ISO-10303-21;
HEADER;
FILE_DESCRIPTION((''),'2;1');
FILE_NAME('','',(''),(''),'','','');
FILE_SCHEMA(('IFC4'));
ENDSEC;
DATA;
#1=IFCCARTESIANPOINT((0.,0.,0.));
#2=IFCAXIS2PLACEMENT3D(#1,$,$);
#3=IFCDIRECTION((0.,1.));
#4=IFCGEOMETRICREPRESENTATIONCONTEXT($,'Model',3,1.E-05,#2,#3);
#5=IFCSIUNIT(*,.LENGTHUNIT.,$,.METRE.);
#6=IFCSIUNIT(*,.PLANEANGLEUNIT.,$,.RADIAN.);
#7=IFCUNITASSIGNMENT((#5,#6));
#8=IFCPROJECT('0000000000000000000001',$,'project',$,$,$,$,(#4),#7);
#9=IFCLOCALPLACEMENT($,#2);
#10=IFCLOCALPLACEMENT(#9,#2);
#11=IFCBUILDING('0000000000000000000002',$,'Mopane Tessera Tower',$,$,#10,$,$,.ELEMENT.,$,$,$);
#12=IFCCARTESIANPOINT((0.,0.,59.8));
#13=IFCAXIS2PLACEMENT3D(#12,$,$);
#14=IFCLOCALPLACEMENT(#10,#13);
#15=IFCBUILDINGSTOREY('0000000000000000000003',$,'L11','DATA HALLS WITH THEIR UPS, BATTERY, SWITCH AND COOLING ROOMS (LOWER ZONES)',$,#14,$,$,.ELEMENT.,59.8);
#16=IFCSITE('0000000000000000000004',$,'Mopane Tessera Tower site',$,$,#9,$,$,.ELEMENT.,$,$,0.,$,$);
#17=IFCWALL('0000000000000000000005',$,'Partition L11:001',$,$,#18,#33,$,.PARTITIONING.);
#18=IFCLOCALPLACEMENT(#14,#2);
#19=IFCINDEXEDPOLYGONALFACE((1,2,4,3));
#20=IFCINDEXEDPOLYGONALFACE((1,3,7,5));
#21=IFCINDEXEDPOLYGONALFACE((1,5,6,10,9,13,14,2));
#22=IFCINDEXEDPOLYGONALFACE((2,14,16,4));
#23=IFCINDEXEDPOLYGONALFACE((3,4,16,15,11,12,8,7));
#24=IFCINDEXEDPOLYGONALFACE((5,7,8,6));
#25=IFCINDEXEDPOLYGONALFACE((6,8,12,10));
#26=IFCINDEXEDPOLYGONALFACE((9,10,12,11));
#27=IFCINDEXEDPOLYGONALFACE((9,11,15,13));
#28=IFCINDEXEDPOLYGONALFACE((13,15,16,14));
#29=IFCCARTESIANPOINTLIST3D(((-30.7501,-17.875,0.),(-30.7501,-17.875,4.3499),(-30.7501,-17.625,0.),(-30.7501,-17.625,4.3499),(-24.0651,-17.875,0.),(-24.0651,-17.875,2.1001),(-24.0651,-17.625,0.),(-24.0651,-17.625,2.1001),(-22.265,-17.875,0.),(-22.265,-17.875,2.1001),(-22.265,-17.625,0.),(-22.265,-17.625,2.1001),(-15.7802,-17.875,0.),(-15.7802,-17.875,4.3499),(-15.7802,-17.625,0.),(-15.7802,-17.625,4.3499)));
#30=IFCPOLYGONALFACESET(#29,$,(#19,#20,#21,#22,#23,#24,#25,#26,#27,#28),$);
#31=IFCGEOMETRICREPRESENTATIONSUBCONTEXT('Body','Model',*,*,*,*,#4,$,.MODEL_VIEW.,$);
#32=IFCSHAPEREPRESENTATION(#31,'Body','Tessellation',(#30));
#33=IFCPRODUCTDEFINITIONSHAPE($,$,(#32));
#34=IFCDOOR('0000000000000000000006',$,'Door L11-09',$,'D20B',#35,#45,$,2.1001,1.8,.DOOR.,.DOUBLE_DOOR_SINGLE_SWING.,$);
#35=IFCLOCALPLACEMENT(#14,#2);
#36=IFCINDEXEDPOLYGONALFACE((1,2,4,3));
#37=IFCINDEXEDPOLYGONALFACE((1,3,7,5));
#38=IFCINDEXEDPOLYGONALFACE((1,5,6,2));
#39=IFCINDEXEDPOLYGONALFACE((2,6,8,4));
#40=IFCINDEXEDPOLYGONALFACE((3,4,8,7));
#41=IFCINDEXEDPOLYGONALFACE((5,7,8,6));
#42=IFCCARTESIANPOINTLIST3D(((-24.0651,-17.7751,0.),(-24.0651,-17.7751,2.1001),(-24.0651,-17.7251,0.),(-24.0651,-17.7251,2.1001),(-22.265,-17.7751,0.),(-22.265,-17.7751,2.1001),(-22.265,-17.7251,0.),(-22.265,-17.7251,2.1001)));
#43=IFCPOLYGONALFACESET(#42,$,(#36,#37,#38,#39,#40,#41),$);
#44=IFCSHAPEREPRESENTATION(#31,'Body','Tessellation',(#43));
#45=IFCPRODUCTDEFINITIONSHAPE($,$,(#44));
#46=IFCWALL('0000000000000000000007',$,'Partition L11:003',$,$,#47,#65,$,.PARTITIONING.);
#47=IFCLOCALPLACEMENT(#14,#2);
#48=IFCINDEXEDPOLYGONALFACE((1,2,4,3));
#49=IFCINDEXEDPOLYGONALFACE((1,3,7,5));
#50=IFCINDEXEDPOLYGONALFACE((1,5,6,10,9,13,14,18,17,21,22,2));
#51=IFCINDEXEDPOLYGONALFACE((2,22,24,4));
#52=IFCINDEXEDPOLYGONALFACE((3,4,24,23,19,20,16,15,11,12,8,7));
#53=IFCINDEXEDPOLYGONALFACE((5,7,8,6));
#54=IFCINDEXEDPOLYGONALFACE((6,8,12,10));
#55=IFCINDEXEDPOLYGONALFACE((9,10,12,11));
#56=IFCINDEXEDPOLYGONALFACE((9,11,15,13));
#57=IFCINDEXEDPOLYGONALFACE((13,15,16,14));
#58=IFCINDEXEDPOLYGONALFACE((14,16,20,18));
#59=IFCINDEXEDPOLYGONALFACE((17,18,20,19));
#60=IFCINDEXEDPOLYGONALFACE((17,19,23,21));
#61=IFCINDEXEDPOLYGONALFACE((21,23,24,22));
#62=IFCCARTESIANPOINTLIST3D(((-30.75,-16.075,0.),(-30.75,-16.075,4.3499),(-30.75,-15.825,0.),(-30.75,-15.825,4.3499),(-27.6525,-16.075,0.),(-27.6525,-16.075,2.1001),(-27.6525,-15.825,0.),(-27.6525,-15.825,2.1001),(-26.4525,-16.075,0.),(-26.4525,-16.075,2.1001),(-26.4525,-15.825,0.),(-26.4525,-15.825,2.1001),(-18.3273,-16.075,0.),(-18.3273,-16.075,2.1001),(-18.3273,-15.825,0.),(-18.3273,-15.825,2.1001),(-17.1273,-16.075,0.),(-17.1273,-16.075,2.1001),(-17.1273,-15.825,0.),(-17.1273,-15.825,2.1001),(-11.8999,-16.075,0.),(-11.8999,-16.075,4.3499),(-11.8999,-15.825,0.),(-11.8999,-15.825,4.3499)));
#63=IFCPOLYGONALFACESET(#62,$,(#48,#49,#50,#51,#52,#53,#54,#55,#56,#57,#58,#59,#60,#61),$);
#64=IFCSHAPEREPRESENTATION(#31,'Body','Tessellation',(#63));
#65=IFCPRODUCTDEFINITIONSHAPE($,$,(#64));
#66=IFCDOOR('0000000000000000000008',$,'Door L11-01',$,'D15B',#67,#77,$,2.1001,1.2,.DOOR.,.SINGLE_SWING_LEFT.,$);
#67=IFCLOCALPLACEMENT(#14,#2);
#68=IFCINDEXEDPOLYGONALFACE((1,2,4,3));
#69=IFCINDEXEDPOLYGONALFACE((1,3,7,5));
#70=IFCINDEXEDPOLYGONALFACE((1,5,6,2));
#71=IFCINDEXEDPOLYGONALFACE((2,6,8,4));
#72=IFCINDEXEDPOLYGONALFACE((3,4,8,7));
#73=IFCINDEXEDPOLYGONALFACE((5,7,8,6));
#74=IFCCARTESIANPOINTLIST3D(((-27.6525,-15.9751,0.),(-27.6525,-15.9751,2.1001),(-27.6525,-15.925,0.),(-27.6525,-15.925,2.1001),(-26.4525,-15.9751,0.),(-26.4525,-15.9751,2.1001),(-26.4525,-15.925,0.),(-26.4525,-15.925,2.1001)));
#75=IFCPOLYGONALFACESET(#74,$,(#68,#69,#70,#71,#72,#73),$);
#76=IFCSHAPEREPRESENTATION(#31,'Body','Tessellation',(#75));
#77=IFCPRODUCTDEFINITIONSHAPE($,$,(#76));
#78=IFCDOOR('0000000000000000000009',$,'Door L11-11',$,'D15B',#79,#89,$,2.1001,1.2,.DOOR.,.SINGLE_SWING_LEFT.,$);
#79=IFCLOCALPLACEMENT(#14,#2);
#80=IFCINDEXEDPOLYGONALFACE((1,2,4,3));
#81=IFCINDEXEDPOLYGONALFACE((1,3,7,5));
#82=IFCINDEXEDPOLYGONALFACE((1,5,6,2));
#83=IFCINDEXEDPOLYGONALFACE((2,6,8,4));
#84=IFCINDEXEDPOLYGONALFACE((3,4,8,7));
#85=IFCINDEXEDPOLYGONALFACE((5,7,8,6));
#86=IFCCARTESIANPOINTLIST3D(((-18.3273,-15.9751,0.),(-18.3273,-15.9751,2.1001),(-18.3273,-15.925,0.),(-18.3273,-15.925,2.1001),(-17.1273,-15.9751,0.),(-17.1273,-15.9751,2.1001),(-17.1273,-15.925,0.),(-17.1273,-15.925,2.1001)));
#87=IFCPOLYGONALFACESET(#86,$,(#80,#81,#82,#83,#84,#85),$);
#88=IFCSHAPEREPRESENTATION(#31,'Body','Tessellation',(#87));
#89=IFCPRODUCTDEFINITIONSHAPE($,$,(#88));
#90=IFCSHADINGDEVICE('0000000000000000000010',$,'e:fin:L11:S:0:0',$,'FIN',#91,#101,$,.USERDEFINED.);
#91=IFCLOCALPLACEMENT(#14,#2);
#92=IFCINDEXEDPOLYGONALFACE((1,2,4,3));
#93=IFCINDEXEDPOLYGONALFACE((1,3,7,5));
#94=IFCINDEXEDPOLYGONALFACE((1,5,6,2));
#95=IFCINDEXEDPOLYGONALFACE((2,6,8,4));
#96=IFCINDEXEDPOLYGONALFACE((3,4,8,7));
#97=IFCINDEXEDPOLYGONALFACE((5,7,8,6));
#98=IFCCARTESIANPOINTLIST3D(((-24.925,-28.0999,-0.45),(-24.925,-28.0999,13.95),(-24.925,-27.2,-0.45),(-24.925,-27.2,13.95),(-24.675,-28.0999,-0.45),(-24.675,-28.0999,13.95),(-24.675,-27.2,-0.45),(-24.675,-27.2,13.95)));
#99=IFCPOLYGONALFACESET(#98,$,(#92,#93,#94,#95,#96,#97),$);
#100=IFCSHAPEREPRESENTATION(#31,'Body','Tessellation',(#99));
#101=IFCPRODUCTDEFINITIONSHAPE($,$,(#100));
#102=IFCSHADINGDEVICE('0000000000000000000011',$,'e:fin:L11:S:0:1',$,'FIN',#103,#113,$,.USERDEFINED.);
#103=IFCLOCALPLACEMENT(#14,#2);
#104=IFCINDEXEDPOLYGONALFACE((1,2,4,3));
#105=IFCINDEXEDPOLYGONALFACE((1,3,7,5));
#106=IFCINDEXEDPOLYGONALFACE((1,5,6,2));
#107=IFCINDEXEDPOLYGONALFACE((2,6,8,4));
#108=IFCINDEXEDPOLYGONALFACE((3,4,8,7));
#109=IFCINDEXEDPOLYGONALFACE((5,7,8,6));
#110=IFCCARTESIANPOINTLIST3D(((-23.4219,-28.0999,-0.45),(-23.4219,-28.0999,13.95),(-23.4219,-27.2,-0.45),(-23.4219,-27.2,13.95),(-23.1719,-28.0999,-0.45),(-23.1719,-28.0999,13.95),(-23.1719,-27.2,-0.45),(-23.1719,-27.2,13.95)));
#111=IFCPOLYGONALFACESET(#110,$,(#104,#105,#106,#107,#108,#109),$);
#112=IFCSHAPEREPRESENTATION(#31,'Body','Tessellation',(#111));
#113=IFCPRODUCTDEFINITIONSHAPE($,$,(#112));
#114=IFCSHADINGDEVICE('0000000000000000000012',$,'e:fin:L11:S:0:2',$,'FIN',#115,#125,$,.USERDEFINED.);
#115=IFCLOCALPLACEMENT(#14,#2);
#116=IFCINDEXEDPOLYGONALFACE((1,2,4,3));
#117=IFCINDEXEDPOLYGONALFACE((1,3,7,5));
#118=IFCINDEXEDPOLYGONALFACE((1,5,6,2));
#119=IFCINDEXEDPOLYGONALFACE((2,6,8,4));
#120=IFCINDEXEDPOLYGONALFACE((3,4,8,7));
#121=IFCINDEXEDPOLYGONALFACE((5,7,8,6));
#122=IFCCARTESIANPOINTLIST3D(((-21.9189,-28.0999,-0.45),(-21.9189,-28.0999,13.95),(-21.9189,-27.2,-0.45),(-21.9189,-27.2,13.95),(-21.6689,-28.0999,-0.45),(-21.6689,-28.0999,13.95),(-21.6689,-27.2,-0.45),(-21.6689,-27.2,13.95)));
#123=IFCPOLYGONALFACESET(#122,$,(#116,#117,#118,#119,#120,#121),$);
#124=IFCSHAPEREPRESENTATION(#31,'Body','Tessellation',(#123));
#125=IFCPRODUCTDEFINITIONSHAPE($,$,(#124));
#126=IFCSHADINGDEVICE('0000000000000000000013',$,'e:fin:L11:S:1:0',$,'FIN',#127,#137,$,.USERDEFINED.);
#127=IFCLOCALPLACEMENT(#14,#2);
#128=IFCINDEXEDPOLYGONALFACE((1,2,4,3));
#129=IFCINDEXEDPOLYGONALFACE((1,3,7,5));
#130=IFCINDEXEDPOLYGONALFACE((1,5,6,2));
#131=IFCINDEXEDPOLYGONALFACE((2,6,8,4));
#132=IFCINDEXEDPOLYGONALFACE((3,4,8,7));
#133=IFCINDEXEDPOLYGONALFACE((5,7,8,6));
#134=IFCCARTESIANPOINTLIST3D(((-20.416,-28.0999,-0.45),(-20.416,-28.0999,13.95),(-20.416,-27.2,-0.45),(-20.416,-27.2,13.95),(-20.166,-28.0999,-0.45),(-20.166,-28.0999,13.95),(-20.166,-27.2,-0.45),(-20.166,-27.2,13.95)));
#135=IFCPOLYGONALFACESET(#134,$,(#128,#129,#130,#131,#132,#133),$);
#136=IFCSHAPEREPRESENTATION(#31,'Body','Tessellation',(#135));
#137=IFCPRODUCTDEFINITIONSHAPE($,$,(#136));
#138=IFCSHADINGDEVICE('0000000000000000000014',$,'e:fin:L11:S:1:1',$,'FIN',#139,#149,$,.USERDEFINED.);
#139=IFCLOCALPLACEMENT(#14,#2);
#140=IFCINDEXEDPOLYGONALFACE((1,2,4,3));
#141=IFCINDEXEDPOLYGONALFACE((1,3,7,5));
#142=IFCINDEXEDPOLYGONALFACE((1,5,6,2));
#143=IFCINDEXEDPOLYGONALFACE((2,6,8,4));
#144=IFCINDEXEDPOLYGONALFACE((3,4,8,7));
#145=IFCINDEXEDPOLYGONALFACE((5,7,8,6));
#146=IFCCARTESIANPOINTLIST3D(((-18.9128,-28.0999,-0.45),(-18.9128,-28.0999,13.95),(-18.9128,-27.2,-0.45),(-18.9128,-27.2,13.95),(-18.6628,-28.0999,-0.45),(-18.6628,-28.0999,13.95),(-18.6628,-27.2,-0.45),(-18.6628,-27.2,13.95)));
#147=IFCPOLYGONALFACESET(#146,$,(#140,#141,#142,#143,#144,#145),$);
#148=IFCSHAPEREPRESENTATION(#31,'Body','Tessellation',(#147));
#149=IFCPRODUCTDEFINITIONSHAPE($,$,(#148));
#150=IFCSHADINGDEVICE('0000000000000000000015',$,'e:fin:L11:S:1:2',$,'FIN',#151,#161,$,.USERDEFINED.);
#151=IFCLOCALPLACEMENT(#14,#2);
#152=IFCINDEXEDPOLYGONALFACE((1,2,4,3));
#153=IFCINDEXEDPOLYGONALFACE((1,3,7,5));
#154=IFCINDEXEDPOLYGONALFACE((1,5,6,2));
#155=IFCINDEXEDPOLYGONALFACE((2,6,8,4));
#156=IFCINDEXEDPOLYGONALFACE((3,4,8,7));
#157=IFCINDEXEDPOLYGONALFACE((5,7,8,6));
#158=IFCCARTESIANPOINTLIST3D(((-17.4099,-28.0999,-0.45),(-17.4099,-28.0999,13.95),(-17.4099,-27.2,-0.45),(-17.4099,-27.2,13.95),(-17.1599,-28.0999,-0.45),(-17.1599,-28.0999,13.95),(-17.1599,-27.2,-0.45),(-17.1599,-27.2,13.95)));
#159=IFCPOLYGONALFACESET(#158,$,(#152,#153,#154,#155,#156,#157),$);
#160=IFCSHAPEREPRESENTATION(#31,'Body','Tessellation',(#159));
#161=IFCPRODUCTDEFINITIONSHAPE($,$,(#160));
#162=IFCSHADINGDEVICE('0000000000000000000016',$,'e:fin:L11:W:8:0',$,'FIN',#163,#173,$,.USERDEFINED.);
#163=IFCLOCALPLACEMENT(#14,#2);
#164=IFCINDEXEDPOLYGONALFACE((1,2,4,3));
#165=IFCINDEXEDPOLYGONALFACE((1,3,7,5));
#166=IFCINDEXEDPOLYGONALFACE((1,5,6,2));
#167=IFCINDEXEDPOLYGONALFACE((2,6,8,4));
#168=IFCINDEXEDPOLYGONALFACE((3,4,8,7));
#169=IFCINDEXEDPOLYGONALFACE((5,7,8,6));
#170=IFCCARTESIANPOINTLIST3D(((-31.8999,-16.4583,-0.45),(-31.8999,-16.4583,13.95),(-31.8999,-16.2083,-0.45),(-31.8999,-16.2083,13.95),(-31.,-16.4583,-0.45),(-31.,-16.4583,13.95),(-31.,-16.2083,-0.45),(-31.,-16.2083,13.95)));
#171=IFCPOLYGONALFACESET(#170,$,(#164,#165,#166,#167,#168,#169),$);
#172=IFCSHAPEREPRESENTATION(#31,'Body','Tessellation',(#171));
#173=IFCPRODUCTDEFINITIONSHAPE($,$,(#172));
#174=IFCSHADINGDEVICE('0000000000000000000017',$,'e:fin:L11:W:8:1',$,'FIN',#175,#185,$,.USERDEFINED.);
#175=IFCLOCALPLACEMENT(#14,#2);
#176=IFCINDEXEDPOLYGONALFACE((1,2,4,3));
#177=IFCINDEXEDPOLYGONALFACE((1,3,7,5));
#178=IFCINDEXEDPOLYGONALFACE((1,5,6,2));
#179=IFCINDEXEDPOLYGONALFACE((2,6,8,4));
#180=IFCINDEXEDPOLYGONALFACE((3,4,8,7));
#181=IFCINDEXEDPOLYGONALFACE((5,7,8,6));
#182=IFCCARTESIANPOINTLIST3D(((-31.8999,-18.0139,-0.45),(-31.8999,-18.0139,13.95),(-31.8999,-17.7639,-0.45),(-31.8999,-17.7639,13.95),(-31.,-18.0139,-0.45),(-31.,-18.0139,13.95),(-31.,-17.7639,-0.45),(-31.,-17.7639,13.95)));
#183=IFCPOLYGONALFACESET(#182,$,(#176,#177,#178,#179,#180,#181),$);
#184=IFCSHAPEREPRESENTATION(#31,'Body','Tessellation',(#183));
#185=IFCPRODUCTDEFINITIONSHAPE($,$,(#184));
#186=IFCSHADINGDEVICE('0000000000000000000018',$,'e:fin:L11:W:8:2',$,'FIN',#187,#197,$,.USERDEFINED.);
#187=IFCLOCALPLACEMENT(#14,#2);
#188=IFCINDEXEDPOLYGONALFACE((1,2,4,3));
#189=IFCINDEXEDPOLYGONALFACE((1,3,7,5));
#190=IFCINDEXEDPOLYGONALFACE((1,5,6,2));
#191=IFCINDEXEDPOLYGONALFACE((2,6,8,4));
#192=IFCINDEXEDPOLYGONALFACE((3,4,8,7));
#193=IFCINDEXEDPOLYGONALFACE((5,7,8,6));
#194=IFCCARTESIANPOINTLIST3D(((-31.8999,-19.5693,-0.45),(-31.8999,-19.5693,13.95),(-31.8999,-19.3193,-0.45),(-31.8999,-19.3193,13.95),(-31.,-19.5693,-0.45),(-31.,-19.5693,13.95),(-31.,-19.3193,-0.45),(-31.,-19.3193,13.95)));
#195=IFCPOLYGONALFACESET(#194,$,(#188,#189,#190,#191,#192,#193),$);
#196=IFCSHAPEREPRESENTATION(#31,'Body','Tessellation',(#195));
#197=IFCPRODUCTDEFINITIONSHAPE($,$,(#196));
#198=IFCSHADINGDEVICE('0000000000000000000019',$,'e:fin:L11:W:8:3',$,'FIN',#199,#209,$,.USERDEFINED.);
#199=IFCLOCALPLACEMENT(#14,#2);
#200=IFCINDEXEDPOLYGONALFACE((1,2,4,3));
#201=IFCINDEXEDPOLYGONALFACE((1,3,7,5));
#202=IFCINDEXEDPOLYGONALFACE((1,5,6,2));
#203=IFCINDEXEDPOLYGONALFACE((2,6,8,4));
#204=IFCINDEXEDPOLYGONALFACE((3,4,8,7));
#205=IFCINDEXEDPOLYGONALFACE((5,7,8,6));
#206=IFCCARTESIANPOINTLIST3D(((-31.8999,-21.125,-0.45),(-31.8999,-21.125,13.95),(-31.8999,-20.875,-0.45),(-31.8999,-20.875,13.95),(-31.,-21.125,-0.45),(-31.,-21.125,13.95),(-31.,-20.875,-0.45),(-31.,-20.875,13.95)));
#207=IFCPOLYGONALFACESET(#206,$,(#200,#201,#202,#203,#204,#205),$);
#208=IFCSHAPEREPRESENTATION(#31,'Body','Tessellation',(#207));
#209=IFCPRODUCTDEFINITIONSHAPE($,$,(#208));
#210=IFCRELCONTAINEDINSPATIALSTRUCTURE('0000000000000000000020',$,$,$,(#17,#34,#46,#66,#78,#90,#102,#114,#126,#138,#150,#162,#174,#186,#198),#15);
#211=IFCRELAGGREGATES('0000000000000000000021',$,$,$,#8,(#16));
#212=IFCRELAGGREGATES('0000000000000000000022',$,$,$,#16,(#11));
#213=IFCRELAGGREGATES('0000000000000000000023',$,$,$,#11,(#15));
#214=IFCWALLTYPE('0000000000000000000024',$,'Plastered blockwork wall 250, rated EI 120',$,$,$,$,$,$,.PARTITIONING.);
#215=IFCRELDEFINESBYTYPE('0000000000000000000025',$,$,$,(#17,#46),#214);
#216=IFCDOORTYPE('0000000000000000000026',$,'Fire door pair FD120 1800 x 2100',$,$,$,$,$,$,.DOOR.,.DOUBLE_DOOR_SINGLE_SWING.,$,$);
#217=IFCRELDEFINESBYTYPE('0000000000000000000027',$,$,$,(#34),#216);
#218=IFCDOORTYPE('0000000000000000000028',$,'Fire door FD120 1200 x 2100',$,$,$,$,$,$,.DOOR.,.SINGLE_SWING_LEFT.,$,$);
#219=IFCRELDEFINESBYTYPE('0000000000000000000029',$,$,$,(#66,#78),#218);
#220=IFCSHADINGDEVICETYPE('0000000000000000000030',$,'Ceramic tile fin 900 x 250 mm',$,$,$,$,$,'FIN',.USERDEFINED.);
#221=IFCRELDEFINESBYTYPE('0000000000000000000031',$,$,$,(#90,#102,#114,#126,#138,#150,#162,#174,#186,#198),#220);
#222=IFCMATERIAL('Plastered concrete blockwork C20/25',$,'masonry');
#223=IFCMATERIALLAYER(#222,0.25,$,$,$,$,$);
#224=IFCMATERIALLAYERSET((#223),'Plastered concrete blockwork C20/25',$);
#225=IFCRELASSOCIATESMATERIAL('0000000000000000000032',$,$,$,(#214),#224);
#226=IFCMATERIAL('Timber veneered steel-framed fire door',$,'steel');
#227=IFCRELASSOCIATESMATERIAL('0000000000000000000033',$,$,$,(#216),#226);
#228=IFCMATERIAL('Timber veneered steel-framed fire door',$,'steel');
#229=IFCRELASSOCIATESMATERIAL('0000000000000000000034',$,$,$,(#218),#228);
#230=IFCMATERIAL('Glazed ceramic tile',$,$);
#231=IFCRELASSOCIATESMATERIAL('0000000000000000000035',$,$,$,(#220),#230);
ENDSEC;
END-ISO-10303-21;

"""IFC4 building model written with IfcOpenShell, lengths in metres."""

from ifc_helpers import new_model, si_unit, direction, frame, frame_2d, origin, origin_2d, place, context, subcontext, project, spatial, rectangle, extrude, material, layer, layer_set, type_object, element, fill, save


model = new_model("IFC4")

# Units and contexts
model_context = context("Model", 3, precision=1e-05, world=origin(), true_north=direction((0.0, 1.0)))
body_context = subcontext(model_context, "Body", "Model", "MODEL_VIEW")
ifc_project = project(units=[si_unit("LENGTHUNIT", "METRE"), si_unit("PLANEANGLEUNIT", "RADIAN")], contexts=[model_context])

# Site, building, storey
site_placement = place(None, origin())
site = spatial("IfcSite", under=ifc_project, at=site_placement, Name="Mopane Tessera Tower site", CompositionType="ELEMENT", RefElevation=0.0)
building_placement = place(site_placement, origin())
building = spatial("IfcBuilding", under=site, at=building_placement, Name="Mopane Tessera Tower", CompositionType="ELEMENT")
storey_placement = place(building_placement, frame((0.0, 0.0, 59.8)))
storey = spatial("IfcBuildingStorey", under=building, at=storey_placement, Name="L11", Description="DATA HALLS WITH THEIR UPS, BATTERY, SWITCH AND COOLING ROOMS (LOWER ZONES)", CompositionType="ELEMENT", Elevation=59.8)

# Wall, opening, door
ifc_material_1 = material(Name="Plastered concrete blockwork C20/25", Category="masonry")
ifc_layer_1 = layer(ifc_material_1, 0.25)
ifc_layer_set_1 = layer_set([ifc_layer_1], Name="Plastered concrete blockwork C20/25")
wall_type = type_object("IfcWallType", Name="Plastered blockwork wall 250, rated EI 120", PredefinedType="PARTITIONING", material=ifc_layer_set_1)
wall_1_placement = place(storey_placement, frame((-30.75, -17.75, 0.0), z_axis=(0.0, 0.0, 1.0), x_axis=(1.0, 0.0, 0.0)))
wall_1 = element("IfcWall", 1, at=wall_1_placement, inside=storey, type_object=wall_type, Name="Partition L11:001", PredefinedType="PARTITIONING", context=body_context, shape_type="SweptSolid", body=[
    extrude(rectangle(XDim=14.97, YDim=0.25, at=frame_2d((7.4849, 0.0))), origin(), (0.0, 0.0, 1.0), 4.3499),
])
opening_1_placement = place(wall_1_placement, frame((6.6851, 0.0, 0.0)))
opening_1 = element("IfcOpeningElement", 2, at=opening_1_placement, cuts=wall_1, PredefinedType="OPENING", context=body_context, shape_type="SweptSolid", body=[
    extrude(rectangle(XDim=1.8, YDim=2.1001, at=frame_2d((0.8999, 1.05))), frame((0.0, 0.137, 0.0), z_axis=(0.0, -1.0, 0.0), x_axis=(1.0, 0.0, 0.0)), (0.0, 0.0, 1.0), 0.2739),
])
ifc_material_2 = material(Name="Timber veneered steel-framed fire door", Category="steel")
door_type_1 = type_object("IfcDoorType", Name="Fire door pair FD120 1800 x 2100", OperationType="DOUBLE_DOOR_SINGLE_SWING", PredefinedType="DOOR", material=ifc_material_2)
door_1_placement = place(opening_1_placement, origin())
door_1 = element("IfcDoor", 3, at=door_1_placement, inside=storey, type_object=door_type_1, Name="Door L11-09", ObjectType="D20B", OperationType="DOUBLE_DOOR_SINGLE_SWING", OverallHeight=2.1001, OverallWidth=1.8, PredefinedType="DOOR", context=body_context, shape_type="SweptSolid", body=[
    extrude(rectangle(XDim=1.8, YDim=2.1001, at=frame_2d((0.8999, 1.05))), frame((0.0, 0.0249, 0.0), z_axis=(0.0, -1.0, 0.0), x_axis=(1.0, 0.0, 0.0)), (0.0, 0.0, 1.0), 0.05),
])
fill(opening_1, door_1)

# Wall, openings, doors
wall_2_placement = place(storey_placement, frame((-30.75, -15.95, 0.0), z_axis=(0.0, 0.0, 1.0), x_axis=(1.0, 0.0, 0.0)))
wall_2 = element("IfcWall", 4, at=wall_2_placement, inside=storey, type_object=wall_type, Name="Partition L11:003", PredefinedType="PARTITIONING", context=body_context, shape_type="SweptSolid", body=[
    extrude(rectangle(XDim=18.8501, YDim=0.25, at=frame_2d((9.425, 0.0))), origin(), (0.0, 0.0, 1.0), 4.3499),
])
opening_2_placement = place(wall_2_placement, frame((3.0974, 0.0, 0.0)))
opening_2 = element("IfcOpeningElement", 5, at=opening_2_placement, cuts=wall_2, PredefinedType="OPENING", context=body_context, shape_type="SweptSolid", body=[
    extrude(rectangle(XDim=1.2, YDim=2.1001, at=frame_2d((0.6001, 1.05))), frame((0.0, 0.137, 0.0), z_axis=(0.0, -1.0, 0.0), x_axis=(1.0, 0.0, 0.0)), (0.0, 0.0, 1.0), 0.2739),
])
opening_3_placement = place(wall_2_placement, frame((12.4226, 0.0, 0.0)))
opening_3 = element("IfcOpeningElement", 6, at=opening_3_placement, cuts=wall_2, PredefinedType="OPENING", context=body_context, shape_type="SweptSolid", body=[
    extrude(rectangle(XDim=1.2, YDim=2.1001, at=frame_2d((0.6001, 1.05))), frame((0.0, 0.137, 0.0), z_axis=(0.0, -1.0, 0.0), x_axis=(1.0, 0.0, 0.0)), (0.0, 0.0, 1.0), 0.2739),
])
ifc_material_3 = material(Name="Timber veneered steel-framed fire door", Category="steel")
door_type_2 = type_object("IfcDoorType", Name="Fire door FD120 1200 x 2100", OperationType="SINGLE_SWING_LEFT", PredefinedType="DOOR", material=ifc_material_3)
door_2_placement = place(opening_2_placement, origin())
door_2 = element("IfcDoor", 7, at=door_2_placement, inside=storey, type_object=door_type_2, Name="Door L11-01", ObjectType="D15B", OperationType="SINGLE_SWING_LEFT", OverallHeight=2.1001, OverallWidth=1.2, PredefinedType="DOOR", context=body_context, shape_type="SweptSolid", body=[
    extrude(rectangle(XDim=1.2, YDim=2.1001, at=frame_2d((0.6001, 1.05))), frame((0.0, 0.0249, 0.0), z_axis=(0.0, -1.0, 0.0), x_axis=(1.0, 0.0, 0.0)), (0.0, 0.0, 1.0), 0.05),
])
fill(opening_2, door_2)
door_3_placement = place(opening_3_placement, origin())
door_3 = element("IfcDoor", 8, at=door_3_placement, inside=storey, type_object=door_type_2, Name="Door L11-11", ObjectType="D15B", OperationType="SINGLE_SWING_LEFT", OverallHeight=2.1001, OverallWidth=1.2, PredefinedType="DOOR", context=body_context, shape_type="SweptSolid", body=[
    extrude(rectangle(XDim=1.2, YDim=2.1001, at=frame_2d((0.6001, 1.05))), frame((0.0, 0.0249, 0.0), z_axis=(0.0, -1.0, 0.0), x_axis=(1.0, 0.0, 0.0)), (0.0, 0.0, 1.0), 0.05),
])
fill(opening_3, door_3)

# Shading devices
ifc_material_4 = material(Name="Glazed ceramic tile")
shading_device_type = type_object("IfcShadingDeviceType", Name="Ceramic tile fin 900 x 250 mm", ElementType="FIN", PredefinedType="USERDEFINED", material=ifc_material_4)
for number, where, z_axis, x_axis, name in (
    (9, (-24.8, -27.6499, -0.45), (0.0, 0.0, 1.0), (1.0, 0.0, 0.0), "e:fin:L11:S:0:0"),
    (10, (-23.2969, -27.6499, -0.45), (0.0, 0.0, 1.0), (1.0, 0.0, 0.0), "e:fin:L11:S:0:1"),
    (11, (-21.7939, -27.6499, -0.45), (0.0, 0.0, 1.0), (1.0, 0.0, 0.0), "e:fin:L11:S:0:2"),
    (12, (-20.291, -27.6499, -0.45), (0.0, 0.0, 1.0), (1.0, 0.0, 0.0), "e:fin:L11:S:1:0"),
    (13, (-18.7878, -27.6499, -0.45), (0.0, 0.0, 1.0), (1.0, 0.0, 0.0), "e:fin:L11:S:1:1"),
    (14, (-17.2849, -27.6499, -0.45), (0.0, 0.0, 1.0), (1.0, 0.0, 0.0), "e:fin:L11:S:1:2"),
    (15, (-31.45, -16.3333, -0.45), (0.0, 0.0, 1.0), (0.0, -1.0, 0.0), "e:fin:L11:W:8:0"),
    (16, (-31.45, -17.8889, -0.45), (0.0, 0.0, 1.0), (0.0, -1.0, 0.0), "e:fin:L11:W:8:1"),
    (17, (-31.45, -19.4443, -0.45), (0.0, 0.0, 1.0), (0.0, -1.0, 0.0), "e:fin:L11:W:8:2"),
    (18, (-31.45, -21.0, -0.45), (0.0, 0.0, 1.0), (0.0, -1.0, 0.0), "e:fin:L11:W:8:3"),
):
    element("IfcShadingDevice", number, at=place(storey_placement, frame(where, z_axis=z_axis, x_axis=x_axis)), inside=storey, type_object=shading_device_type, Name=name, ObjectType="FIN", PredefinedType="USERDEFINED", context=body_context, shape_type="SweptSolid", body=[
        extrude(rectangle(XDim=0.25, YDim=0.8999, at=origin_2d()), origin(), (0.0, 0.0, 1.0), 14.3999),
    ])

save(model, "model.ifc")
